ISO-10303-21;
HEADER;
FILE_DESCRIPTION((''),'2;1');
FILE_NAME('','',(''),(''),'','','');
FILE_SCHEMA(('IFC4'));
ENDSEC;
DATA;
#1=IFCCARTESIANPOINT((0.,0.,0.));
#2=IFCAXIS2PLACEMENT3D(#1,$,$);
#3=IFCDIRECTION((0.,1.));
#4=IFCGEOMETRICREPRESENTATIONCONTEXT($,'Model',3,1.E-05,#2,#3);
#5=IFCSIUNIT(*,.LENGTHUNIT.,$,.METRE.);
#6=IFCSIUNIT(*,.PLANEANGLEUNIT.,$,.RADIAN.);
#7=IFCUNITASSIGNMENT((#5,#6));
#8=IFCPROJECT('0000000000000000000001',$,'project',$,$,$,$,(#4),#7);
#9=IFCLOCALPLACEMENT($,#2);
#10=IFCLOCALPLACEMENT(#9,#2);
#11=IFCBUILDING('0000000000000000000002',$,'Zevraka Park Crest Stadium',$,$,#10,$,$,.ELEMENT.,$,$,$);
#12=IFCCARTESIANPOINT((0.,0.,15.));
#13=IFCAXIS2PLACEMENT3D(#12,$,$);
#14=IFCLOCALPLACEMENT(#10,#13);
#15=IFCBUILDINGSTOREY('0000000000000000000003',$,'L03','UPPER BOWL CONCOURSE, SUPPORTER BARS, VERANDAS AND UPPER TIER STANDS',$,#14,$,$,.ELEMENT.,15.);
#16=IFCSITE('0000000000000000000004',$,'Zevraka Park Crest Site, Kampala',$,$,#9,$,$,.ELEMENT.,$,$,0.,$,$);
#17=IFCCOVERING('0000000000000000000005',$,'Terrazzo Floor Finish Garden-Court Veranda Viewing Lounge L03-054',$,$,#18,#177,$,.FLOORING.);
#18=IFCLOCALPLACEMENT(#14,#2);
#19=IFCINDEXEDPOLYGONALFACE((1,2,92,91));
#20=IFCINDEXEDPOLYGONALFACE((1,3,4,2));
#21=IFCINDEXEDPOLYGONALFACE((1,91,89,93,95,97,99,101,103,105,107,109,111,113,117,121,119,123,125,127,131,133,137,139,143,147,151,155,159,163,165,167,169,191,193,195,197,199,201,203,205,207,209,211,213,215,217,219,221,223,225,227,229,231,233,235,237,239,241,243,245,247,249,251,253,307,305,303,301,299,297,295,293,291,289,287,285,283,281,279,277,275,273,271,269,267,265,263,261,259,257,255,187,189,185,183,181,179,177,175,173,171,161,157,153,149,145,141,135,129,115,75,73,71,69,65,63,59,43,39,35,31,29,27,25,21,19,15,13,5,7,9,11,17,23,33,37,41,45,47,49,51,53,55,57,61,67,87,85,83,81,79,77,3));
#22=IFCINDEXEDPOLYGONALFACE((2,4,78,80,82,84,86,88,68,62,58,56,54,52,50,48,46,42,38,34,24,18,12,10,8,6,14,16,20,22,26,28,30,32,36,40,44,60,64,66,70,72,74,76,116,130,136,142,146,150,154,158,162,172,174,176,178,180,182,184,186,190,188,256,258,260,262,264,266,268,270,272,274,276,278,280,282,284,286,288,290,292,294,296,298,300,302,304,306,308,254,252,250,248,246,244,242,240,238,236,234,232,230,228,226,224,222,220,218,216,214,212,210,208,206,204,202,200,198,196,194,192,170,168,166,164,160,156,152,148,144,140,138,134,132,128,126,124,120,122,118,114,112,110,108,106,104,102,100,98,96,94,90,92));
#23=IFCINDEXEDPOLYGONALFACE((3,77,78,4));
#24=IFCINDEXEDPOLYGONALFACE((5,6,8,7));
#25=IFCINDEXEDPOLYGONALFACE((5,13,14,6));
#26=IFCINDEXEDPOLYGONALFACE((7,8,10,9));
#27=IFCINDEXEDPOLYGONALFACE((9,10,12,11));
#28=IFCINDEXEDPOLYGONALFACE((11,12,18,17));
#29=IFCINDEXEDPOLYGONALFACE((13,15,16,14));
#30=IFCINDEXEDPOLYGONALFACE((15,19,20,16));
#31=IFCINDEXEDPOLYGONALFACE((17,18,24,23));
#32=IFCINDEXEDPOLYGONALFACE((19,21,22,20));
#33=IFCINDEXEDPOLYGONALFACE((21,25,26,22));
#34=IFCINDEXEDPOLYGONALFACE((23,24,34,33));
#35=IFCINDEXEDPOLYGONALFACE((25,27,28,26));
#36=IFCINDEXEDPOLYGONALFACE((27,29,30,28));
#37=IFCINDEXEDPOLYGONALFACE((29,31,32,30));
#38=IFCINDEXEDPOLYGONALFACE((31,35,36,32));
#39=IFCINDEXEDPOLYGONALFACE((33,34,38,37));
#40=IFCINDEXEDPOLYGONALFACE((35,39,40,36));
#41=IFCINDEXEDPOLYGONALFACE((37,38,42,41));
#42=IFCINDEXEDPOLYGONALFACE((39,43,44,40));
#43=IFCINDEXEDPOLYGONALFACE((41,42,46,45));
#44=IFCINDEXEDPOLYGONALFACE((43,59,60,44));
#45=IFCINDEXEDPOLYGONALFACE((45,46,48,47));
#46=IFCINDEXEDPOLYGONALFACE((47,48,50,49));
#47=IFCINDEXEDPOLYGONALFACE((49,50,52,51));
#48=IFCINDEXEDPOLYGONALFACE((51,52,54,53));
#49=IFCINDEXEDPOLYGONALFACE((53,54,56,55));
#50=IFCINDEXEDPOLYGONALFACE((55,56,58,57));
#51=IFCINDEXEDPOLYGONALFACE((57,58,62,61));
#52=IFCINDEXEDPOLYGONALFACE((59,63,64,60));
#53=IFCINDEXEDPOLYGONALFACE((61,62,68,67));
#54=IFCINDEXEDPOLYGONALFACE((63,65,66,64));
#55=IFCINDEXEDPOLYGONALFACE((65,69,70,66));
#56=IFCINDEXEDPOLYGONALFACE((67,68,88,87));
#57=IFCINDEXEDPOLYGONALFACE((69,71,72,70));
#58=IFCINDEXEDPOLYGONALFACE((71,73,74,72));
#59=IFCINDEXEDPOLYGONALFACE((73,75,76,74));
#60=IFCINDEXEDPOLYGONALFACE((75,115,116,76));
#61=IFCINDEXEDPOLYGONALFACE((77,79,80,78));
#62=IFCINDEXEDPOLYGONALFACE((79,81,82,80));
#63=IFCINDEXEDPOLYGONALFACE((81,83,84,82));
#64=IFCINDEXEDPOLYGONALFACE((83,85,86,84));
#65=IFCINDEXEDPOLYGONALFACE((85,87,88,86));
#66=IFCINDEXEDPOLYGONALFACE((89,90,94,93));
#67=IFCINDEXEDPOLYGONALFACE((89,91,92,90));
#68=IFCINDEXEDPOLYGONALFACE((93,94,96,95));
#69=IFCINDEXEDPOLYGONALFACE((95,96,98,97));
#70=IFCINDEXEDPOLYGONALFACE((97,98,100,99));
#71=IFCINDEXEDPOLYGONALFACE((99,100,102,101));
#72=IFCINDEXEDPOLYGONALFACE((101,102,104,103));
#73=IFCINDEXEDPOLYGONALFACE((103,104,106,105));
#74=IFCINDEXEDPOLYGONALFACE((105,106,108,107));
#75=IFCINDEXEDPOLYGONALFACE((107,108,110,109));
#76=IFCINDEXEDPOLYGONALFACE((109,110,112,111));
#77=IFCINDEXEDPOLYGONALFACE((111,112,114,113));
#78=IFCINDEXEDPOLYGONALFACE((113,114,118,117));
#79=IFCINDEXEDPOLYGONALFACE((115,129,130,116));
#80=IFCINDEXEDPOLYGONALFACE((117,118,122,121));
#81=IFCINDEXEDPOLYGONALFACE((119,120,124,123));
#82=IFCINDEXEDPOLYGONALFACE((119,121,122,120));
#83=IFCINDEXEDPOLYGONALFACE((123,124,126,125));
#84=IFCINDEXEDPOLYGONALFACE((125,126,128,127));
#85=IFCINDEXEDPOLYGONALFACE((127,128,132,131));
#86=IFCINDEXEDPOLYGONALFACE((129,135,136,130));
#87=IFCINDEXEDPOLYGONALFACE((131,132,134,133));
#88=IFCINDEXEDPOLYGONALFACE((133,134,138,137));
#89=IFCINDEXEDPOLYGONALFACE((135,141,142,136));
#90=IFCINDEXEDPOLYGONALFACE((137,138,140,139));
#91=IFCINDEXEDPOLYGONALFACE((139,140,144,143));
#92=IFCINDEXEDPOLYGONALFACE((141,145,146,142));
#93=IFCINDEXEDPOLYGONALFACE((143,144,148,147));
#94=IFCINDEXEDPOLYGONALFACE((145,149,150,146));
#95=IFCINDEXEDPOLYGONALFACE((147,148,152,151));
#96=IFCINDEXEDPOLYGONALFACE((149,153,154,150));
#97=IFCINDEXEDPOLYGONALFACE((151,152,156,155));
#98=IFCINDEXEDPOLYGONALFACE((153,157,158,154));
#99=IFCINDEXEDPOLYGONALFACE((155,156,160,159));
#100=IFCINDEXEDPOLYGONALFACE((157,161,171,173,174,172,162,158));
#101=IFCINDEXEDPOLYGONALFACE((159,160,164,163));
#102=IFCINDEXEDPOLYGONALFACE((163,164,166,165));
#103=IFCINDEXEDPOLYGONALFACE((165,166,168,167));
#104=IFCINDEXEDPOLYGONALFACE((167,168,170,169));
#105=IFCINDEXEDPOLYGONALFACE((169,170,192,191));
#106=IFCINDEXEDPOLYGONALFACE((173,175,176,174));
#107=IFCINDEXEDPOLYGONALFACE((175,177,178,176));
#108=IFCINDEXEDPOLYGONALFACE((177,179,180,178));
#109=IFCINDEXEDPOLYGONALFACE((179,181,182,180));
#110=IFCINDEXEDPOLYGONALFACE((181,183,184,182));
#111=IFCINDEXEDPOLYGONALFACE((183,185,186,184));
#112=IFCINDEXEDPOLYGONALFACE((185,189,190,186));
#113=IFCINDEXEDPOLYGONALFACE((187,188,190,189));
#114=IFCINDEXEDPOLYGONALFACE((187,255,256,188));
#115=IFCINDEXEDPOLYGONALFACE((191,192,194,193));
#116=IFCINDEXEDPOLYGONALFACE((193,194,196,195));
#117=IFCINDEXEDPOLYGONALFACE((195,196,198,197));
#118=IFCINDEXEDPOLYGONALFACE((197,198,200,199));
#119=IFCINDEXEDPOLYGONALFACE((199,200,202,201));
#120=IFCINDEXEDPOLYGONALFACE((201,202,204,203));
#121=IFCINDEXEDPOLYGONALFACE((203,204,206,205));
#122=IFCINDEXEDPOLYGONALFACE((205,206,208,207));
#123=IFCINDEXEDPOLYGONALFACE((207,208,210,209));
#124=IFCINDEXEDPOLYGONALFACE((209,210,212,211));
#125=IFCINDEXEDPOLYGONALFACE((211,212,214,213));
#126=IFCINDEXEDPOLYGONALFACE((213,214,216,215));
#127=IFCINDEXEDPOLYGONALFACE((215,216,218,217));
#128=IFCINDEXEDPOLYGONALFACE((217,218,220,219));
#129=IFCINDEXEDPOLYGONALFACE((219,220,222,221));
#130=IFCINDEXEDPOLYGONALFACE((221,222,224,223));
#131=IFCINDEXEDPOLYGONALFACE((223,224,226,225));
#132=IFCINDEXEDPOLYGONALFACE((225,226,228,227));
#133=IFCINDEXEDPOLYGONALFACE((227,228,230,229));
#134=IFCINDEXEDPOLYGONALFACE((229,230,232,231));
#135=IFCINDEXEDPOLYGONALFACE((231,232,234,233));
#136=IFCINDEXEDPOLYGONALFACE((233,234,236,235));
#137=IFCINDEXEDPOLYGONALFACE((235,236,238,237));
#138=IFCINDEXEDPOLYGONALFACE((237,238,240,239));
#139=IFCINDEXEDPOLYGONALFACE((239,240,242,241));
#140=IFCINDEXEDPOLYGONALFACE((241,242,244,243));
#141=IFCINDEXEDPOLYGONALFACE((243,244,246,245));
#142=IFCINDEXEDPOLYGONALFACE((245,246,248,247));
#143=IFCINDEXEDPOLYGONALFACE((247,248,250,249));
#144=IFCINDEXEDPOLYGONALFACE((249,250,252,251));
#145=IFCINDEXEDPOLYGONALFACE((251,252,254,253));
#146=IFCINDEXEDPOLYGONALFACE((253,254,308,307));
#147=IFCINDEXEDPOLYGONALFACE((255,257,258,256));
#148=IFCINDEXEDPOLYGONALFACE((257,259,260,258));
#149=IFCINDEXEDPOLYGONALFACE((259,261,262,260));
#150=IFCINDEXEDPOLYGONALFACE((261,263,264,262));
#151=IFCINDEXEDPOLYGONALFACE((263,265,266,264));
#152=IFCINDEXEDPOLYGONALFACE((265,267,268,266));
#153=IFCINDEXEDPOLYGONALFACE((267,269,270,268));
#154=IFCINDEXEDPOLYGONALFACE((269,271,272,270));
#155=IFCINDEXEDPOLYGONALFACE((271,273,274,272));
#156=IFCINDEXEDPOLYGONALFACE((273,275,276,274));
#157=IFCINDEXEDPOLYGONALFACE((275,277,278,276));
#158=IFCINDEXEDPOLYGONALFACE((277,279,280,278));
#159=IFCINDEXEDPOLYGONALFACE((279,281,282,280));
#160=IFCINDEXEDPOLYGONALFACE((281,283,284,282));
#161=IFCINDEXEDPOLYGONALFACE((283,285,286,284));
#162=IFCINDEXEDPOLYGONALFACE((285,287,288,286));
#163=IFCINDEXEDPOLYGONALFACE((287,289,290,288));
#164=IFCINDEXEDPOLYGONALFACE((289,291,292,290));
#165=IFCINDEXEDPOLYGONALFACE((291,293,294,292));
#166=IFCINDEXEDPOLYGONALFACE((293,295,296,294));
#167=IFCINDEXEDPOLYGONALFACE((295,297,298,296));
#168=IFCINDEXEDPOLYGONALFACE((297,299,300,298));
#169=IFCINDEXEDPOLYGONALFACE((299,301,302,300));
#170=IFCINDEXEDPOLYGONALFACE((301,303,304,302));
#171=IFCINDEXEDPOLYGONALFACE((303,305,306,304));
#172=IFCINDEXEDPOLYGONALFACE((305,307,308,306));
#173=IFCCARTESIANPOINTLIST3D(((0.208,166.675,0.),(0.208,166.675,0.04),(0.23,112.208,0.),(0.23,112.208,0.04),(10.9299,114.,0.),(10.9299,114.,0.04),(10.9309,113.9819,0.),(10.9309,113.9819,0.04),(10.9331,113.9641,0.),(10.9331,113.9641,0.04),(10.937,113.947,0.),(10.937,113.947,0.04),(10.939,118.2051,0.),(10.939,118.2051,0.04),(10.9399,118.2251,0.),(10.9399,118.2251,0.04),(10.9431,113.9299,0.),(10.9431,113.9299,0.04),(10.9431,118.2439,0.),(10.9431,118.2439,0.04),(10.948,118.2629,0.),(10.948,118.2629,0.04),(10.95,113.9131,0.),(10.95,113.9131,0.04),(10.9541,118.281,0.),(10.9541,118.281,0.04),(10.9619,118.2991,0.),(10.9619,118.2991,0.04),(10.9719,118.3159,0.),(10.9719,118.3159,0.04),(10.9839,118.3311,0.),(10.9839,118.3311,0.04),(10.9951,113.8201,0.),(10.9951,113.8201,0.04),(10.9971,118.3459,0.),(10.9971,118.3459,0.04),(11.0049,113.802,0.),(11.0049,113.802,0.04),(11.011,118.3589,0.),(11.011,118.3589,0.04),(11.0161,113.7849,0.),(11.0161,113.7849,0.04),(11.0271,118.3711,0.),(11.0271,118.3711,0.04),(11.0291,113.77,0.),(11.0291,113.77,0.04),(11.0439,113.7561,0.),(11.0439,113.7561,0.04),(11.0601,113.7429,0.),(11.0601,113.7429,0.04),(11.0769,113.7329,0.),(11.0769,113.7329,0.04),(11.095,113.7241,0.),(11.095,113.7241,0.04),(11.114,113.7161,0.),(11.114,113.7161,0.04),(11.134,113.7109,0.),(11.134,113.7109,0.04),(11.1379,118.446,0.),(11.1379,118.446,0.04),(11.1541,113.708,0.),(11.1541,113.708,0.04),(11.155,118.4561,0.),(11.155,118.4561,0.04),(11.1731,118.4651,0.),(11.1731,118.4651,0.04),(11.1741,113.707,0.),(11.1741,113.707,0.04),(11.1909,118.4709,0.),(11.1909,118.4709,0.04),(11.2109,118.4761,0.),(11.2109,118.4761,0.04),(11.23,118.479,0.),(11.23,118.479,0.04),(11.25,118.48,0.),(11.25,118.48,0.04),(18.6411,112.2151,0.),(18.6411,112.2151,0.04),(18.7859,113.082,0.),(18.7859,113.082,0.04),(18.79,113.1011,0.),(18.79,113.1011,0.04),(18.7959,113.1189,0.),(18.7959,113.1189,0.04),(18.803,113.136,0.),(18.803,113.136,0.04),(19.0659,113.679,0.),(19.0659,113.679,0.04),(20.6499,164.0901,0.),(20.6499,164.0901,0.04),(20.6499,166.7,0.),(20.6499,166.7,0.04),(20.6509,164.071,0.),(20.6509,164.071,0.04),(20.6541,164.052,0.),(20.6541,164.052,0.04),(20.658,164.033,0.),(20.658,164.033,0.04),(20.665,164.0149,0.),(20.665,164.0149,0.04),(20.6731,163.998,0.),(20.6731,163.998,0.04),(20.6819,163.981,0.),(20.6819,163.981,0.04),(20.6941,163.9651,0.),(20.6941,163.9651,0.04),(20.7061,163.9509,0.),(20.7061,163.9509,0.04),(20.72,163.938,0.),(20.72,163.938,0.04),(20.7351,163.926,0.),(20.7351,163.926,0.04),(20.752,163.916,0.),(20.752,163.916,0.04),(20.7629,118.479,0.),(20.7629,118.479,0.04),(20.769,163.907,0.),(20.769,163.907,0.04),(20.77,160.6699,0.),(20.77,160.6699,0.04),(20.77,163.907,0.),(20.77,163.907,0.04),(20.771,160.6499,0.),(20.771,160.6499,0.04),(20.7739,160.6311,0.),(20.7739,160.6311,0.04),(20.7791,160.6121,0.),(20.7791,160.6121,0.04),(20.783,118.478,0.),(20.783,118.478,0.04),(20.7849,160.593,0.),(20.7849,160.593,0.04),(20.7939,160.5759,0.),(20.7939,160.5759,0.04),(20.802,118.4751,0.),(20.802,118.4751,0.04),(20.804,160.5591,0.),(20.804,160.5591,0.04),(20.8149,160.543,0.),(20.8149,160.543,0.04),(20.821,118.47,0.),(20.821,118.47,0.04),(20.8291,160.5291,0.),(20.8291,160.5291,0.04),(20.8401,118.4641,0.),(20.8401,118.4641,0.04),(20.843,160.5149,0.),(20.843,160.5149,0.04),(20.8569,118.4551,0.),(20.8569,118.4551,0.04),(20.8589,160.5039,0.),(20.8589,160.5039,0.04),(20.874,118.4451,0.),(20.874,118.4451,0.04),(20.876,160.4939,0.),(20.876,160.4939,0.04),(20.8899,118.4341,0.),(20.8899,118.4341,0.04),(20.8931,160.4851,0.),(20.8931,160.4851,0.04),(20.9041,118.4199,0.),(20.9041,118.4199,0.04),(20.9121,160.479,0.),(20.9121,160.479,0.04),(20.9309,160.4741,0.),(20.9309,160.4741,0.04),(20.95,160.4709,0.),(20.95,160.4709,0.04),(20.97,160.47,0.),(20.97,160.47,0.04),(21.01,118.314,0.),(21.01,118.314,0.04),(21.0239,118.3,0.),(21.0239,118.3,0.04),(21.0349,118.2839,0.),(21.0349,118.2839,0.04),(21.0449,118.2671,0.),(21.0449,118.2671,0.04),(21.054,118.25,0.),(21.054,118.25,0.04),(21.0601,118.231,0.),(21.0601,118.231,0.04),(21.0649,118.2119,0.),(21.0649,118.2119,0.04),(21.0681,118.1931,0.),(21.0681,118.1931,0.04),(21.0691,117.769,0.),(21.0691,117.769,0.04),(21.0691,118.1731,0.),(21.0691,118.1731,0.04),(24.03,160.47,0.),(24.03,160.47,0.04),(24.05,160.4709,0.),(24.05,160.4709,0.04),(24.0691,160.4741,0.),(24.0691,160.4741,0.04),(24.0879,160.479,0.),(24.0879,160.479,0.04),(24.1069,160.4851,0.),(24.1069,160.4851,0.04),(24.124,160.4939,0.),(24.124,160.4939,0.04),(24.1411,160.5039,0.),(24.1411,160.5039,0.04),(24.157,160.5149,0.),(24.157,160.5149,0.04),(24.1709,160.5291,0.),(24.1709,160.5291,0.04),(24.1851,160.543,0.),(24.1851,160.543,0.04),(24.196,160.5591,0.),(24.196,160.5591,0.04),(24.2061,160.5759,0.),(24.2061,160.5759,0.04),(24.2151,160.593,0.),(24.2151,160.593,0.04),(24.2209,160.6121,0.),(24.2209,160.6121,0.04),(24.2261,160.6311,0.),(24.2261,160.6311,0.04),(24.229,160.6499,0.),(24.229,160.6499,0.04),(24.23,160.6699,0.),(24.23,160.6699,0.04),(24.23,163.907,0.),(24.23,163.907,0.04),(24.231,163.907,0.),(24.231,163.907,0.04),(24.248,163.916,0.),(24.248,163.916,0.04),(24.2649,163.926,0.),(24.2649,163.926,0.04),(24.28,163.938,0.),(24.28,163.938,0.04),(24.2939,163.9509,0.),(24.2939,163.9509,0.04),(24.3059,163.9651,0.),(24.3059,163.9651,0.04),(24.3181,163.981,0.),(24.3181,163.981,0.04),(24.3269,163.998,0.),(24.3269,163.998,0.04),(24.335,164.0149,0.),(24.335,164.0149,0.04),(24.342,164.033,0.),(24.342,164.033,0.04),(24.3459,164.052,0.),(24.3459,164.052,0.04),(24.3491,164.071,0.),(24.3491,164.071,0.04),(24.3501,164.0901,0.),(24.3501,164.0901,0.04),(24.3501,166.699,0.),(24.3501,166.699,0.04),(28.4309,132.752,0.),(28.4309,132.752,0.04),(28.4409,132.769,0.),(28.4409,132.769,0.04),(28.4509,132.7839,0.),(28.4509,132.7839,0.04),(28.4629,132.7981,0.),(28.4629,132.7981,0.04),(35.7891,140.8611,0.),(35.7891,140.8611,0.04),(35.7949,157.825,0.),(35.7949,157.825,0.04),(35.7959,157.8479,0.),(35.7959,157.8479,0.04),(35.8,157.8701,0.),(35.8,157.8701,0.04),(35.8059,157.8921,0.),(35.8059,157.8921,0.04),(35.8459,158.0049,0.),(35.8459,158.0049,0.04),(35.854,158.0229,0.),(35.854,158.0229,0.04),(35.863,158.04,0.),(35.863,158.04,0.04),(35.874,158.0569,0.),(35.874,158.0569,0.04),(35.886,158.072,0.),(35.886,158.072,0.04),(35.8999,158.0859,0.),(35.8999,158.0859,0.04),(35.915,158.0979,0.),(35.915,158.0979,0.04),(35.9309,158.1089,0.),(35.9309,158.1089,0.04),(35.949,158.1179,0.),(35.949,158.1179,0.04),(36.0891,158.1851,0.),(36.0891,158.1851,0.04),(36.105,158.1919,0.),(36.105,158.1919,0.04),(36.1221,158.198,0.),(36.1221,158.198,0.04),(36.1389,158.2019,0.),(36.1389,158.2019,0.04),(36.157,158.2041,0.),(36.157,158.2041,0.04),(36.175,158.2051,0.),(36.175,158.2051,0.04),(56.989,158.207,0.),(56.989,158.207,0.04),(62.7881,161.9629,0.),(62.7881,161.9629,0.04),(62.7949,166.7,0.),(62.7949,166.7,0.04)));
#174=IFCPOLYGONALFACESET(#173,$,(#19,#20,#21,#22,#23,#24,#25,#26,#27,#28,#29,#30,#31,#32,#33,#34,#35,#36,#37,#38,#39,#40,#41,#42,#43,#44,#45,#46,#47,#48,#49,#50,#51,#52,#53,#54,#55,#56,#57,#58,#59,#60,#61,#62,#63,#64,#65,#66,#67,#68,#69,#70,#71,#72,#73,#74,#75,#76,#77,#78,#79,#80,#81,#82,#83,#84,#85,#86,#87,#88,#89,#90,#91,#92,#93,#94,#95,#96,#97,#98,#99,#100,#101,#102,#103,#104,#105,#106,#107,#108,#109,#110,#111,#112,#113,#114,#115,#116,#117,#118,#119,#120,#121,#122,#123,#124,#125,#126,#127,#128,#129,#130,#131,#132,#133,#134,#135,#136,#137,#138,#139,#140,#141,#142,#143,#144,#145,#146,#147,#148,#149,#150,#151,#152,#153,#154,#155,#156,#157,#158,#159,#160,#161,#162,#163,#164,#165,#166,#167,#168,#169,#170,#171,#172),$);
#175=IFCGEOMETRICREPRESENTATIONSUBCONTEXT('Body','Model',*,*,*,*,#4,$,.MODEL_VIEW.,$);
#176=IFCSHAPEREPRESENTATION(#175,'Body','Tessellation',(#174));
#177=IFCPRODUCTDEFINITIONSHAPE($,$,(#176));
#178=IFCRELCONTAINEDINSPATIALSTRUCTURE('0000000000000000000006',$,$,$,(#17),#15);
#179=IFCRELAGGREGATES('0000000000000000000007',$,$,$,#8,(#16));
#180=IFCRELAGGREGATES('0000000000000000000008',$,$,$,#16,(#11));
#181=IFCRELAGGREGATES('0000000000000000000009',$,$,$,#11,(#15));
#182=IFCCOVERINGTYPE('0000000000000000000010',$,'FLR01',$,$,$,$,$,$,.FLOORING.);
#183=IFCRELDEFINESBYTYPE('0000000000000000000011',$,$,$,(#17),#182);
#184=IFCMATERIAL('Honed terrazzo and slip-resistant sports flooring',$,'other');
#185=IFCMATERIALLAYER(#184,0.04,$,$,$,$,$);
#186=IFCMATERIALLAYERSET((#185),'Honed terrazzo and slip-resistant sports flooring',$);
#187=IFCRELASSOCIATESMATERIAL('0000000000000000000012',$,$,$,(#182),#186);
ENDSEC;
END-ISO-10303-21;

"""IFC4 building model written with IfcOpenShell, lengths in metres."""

from ifc_helpers import new_model, si_unit, direction, frame, origin, place, context, subcontext, project, spatial, polyline, outline, extrude, material, layer, layer_set, type_object, element, save


model = new_model("IFC4")

# Units and contexts
model_context = context("Model", 3, precision=1e-05, world=origin(), true_north=direction((0.0, 1.0)))
body_context = subcontext(model_context, "Body", "Model", "MODEL_VIEW")
ifc_project = project(units=[si_unit("LENGTHUNIT", "METRE"), si_unit("PLANEANGLEUNIT", "RADIAN")], contexts=[model_context])

# Site, building, storey
site_placement = place(None, origin())
site = spatial("IfcSite", under=ifc_project, at=site_placement, Name="Zevraka Park Crest Site, Kampala", CompositionType="ELEMENT", RefElevation=0.0)
building_placement = place(site_placement, origin())
building = spatial("IfcBuilding", under=site, at=building_placement, Name="Zevraka Park Crest Stadium", CompositionType="ELEMENT")
storey_placement = place(building_placement, frame((0.0, 0.0, 15.0)))
storey = spatial("IfcBuildingStorey", under=building, at=storey_placement, Name="L03", Description="UPPER BOWL CONCOURSE, SUPPORTER BARS, VERANDAS AND UPPER TIER STANDS", CompositionType="ELEMENT", Elevation=15.0)

# Covering
ifc_material_1 = material(Name="Honed terrazzo and slip-resistant sports flooring", Category="other")
ifc_layer_1 = layer(ifc_material_1, 0.04)
ifc_layer_set_1 = layer_set([ifc_layer_1], Name="Honed terrazzo and slip-resistant sports flooring")
covering_type_1 = type_object("IfcCoveringType", Name="FLR01", PredefinedType="FLOORING", material=ifc_layer_set_1)
covering_1_placement = place(storey_placement, origin())
element("IfcCovering", 1, at=covering_1_placement, inside=storey, type_object=covering_type_1, Name="Terrazzo Floor Finish Garden-Court Veranda Viewing Lounge L03-054", PredefinedType="FLOORING", context=body_context, shape_type="SweptSolid", body=[
    extrude(outline(polyline([(19.0659, 113.679), (18.803, 113.136), (18.7959, 113.1189), (18.79, 113.1011), (18.7859, 113.082), (18.6411, 112.2151), (0.23, 112.208), (0.208, 166.675), (20.6499, 166.7), (20.6499, 164.0901), (20.6509, 164.071), (20.6541, 164.052), (20.658, 164.033), (20.665, 164.0149), (20.6731, 163.998), (20.6819, 163.981), (20.6941, 163.9651), (20.7061, 163.9509), (20.72, 163.938), (20.7351, 163.926), (20.752, 163.916), (20.769, 163.907), (20.77, 163.907), (20.77, 160.6699), (20.771, 160.6499), (20.7739, 160.6311), (20.7791, 160.6121), (20.7849, 160.593), (20.7939, 160.5759), (20.804, 160.5591), (20.8149, 160.543), (20.8291, 160.5291), (20.843, 160.5149), (20.8589, 160.5039), (20.876, 160.4939), (20.8931, 160.4851), (20.9121, 160.479), (20.9309, 160.4741), (20.95, 160.4709), (20.97, 160.47), (24.03, 160.47), (24.05, 160.4709), (24.0691, 160.4741), (24.0879, 160.479), (24.1069, 160.4851), (24.124, 160.4939), (24.1411, 160.5039), (24.157, 160.5149), (24.1709, 160.5291), (24.1851, 160.543), (24.196, 160.5591), (24.2061, 160.5759), (24.2151, 160.593), (24.2209, 160.6121), (24.2261, 160.6311), (24.229, 160.6499), (24.23, 160.6699), (24.23, 163.907), (24.231, 163.907), (24.248, 163.916), (24.2649, 163.926), (24.28, 163.938), (24.2939, 163.9509), (24.3059, 163.9651), (24.3181, 163.981), (24.3269, 163.998), (24.335, 164.0149), (24.342, 164.033), (24.3459, 164.052), (24.3491, 164.071), (24.3501, 164.0901), (24.3501, 166.699), (62.7949, 166.7), (62.7881, 161.9629), (56.989, 158.207), (36.175, 158.2051), (36.157, 158.2041), (36.1389, 158.2019), (36.1221, 158.198), (36.105, 158.1919), (36.0891, 158.1851), (35.949, 158.1179), (35.9309, 158.1089), (35.915, 158.0979), (35.8999, 158.0859), (35.886, 158.072), (35.874, 158.0569), (35.863, 158.04), (35.854, 158.0229), (35.8459, 158.0049), (35.8059, 157.8921), (35.8, 157.8701), (35.7959, 157.8479), (35.7949, 157.825), (35.7891, 140.8611), (28.4629, 132.7981), (28.4509, 132.7839), (28.4409, 132.769), (28.4309, 132.752), (21.0691, 117.769), (21.0691, 118.1731), (21.0681, 118.1931), (21.0649, 118.2119), (21.0601, 118.231), (21.054, 118.25), (21.0449, 118.2671), (21.0349, 118.2839), (21.0239, 118.3), (21.01, 118.314), (20.9041, 118.4199), (20.8899, 118.4341), (20.874, 118.4451), (20.8569, 118.4551), (20.8401, 118.4641), (20.821, 118.47), (20.802, 118.4751), (20.783, 118.478), (20.7629, 118.479), (11.25, 118.48), (11.23, 118.479), (11.2109, 118.4761), (11.1909, 118.4709), (11.1731, 118.4651), (11.155, 118.4561), (11.1379, 118.446), (11.0271, 118.3711), (11.011, 118.3589), (10.9971, 118.3459), (10.9839, 118.3311), (10.9719, 118.3159), (10.9619, 118.2991), (10.9541, 118.281), (10.948, 118.2629), (10.9431, 118.2439), (10.9399, 118.2251), (10.939, 118.2051), (10.9299, 114.0), (10.9309, 113.9819), (10.9331, 113.9641), (10.937, 113.947), (10.9431, 113.9299), (10.95, 113.9131), (10.9951, 113.8201), (11.0049, 113.802), (11.0161, 113.7849), (11.0291, 113.77), (11.0439, 113.7561), (11.0601, 113.7429), (11.0769, 113.7329), (11.095, 113.7241), (11.114, 113.7161), (11.134, 113.7109), (11.1541, 113.708), (11.1741, 113.707), (19.0659, 113.679)])), origin(), (0.0, 0.0, 1.0), 0.04),
])

save(model, "model.ifc")
